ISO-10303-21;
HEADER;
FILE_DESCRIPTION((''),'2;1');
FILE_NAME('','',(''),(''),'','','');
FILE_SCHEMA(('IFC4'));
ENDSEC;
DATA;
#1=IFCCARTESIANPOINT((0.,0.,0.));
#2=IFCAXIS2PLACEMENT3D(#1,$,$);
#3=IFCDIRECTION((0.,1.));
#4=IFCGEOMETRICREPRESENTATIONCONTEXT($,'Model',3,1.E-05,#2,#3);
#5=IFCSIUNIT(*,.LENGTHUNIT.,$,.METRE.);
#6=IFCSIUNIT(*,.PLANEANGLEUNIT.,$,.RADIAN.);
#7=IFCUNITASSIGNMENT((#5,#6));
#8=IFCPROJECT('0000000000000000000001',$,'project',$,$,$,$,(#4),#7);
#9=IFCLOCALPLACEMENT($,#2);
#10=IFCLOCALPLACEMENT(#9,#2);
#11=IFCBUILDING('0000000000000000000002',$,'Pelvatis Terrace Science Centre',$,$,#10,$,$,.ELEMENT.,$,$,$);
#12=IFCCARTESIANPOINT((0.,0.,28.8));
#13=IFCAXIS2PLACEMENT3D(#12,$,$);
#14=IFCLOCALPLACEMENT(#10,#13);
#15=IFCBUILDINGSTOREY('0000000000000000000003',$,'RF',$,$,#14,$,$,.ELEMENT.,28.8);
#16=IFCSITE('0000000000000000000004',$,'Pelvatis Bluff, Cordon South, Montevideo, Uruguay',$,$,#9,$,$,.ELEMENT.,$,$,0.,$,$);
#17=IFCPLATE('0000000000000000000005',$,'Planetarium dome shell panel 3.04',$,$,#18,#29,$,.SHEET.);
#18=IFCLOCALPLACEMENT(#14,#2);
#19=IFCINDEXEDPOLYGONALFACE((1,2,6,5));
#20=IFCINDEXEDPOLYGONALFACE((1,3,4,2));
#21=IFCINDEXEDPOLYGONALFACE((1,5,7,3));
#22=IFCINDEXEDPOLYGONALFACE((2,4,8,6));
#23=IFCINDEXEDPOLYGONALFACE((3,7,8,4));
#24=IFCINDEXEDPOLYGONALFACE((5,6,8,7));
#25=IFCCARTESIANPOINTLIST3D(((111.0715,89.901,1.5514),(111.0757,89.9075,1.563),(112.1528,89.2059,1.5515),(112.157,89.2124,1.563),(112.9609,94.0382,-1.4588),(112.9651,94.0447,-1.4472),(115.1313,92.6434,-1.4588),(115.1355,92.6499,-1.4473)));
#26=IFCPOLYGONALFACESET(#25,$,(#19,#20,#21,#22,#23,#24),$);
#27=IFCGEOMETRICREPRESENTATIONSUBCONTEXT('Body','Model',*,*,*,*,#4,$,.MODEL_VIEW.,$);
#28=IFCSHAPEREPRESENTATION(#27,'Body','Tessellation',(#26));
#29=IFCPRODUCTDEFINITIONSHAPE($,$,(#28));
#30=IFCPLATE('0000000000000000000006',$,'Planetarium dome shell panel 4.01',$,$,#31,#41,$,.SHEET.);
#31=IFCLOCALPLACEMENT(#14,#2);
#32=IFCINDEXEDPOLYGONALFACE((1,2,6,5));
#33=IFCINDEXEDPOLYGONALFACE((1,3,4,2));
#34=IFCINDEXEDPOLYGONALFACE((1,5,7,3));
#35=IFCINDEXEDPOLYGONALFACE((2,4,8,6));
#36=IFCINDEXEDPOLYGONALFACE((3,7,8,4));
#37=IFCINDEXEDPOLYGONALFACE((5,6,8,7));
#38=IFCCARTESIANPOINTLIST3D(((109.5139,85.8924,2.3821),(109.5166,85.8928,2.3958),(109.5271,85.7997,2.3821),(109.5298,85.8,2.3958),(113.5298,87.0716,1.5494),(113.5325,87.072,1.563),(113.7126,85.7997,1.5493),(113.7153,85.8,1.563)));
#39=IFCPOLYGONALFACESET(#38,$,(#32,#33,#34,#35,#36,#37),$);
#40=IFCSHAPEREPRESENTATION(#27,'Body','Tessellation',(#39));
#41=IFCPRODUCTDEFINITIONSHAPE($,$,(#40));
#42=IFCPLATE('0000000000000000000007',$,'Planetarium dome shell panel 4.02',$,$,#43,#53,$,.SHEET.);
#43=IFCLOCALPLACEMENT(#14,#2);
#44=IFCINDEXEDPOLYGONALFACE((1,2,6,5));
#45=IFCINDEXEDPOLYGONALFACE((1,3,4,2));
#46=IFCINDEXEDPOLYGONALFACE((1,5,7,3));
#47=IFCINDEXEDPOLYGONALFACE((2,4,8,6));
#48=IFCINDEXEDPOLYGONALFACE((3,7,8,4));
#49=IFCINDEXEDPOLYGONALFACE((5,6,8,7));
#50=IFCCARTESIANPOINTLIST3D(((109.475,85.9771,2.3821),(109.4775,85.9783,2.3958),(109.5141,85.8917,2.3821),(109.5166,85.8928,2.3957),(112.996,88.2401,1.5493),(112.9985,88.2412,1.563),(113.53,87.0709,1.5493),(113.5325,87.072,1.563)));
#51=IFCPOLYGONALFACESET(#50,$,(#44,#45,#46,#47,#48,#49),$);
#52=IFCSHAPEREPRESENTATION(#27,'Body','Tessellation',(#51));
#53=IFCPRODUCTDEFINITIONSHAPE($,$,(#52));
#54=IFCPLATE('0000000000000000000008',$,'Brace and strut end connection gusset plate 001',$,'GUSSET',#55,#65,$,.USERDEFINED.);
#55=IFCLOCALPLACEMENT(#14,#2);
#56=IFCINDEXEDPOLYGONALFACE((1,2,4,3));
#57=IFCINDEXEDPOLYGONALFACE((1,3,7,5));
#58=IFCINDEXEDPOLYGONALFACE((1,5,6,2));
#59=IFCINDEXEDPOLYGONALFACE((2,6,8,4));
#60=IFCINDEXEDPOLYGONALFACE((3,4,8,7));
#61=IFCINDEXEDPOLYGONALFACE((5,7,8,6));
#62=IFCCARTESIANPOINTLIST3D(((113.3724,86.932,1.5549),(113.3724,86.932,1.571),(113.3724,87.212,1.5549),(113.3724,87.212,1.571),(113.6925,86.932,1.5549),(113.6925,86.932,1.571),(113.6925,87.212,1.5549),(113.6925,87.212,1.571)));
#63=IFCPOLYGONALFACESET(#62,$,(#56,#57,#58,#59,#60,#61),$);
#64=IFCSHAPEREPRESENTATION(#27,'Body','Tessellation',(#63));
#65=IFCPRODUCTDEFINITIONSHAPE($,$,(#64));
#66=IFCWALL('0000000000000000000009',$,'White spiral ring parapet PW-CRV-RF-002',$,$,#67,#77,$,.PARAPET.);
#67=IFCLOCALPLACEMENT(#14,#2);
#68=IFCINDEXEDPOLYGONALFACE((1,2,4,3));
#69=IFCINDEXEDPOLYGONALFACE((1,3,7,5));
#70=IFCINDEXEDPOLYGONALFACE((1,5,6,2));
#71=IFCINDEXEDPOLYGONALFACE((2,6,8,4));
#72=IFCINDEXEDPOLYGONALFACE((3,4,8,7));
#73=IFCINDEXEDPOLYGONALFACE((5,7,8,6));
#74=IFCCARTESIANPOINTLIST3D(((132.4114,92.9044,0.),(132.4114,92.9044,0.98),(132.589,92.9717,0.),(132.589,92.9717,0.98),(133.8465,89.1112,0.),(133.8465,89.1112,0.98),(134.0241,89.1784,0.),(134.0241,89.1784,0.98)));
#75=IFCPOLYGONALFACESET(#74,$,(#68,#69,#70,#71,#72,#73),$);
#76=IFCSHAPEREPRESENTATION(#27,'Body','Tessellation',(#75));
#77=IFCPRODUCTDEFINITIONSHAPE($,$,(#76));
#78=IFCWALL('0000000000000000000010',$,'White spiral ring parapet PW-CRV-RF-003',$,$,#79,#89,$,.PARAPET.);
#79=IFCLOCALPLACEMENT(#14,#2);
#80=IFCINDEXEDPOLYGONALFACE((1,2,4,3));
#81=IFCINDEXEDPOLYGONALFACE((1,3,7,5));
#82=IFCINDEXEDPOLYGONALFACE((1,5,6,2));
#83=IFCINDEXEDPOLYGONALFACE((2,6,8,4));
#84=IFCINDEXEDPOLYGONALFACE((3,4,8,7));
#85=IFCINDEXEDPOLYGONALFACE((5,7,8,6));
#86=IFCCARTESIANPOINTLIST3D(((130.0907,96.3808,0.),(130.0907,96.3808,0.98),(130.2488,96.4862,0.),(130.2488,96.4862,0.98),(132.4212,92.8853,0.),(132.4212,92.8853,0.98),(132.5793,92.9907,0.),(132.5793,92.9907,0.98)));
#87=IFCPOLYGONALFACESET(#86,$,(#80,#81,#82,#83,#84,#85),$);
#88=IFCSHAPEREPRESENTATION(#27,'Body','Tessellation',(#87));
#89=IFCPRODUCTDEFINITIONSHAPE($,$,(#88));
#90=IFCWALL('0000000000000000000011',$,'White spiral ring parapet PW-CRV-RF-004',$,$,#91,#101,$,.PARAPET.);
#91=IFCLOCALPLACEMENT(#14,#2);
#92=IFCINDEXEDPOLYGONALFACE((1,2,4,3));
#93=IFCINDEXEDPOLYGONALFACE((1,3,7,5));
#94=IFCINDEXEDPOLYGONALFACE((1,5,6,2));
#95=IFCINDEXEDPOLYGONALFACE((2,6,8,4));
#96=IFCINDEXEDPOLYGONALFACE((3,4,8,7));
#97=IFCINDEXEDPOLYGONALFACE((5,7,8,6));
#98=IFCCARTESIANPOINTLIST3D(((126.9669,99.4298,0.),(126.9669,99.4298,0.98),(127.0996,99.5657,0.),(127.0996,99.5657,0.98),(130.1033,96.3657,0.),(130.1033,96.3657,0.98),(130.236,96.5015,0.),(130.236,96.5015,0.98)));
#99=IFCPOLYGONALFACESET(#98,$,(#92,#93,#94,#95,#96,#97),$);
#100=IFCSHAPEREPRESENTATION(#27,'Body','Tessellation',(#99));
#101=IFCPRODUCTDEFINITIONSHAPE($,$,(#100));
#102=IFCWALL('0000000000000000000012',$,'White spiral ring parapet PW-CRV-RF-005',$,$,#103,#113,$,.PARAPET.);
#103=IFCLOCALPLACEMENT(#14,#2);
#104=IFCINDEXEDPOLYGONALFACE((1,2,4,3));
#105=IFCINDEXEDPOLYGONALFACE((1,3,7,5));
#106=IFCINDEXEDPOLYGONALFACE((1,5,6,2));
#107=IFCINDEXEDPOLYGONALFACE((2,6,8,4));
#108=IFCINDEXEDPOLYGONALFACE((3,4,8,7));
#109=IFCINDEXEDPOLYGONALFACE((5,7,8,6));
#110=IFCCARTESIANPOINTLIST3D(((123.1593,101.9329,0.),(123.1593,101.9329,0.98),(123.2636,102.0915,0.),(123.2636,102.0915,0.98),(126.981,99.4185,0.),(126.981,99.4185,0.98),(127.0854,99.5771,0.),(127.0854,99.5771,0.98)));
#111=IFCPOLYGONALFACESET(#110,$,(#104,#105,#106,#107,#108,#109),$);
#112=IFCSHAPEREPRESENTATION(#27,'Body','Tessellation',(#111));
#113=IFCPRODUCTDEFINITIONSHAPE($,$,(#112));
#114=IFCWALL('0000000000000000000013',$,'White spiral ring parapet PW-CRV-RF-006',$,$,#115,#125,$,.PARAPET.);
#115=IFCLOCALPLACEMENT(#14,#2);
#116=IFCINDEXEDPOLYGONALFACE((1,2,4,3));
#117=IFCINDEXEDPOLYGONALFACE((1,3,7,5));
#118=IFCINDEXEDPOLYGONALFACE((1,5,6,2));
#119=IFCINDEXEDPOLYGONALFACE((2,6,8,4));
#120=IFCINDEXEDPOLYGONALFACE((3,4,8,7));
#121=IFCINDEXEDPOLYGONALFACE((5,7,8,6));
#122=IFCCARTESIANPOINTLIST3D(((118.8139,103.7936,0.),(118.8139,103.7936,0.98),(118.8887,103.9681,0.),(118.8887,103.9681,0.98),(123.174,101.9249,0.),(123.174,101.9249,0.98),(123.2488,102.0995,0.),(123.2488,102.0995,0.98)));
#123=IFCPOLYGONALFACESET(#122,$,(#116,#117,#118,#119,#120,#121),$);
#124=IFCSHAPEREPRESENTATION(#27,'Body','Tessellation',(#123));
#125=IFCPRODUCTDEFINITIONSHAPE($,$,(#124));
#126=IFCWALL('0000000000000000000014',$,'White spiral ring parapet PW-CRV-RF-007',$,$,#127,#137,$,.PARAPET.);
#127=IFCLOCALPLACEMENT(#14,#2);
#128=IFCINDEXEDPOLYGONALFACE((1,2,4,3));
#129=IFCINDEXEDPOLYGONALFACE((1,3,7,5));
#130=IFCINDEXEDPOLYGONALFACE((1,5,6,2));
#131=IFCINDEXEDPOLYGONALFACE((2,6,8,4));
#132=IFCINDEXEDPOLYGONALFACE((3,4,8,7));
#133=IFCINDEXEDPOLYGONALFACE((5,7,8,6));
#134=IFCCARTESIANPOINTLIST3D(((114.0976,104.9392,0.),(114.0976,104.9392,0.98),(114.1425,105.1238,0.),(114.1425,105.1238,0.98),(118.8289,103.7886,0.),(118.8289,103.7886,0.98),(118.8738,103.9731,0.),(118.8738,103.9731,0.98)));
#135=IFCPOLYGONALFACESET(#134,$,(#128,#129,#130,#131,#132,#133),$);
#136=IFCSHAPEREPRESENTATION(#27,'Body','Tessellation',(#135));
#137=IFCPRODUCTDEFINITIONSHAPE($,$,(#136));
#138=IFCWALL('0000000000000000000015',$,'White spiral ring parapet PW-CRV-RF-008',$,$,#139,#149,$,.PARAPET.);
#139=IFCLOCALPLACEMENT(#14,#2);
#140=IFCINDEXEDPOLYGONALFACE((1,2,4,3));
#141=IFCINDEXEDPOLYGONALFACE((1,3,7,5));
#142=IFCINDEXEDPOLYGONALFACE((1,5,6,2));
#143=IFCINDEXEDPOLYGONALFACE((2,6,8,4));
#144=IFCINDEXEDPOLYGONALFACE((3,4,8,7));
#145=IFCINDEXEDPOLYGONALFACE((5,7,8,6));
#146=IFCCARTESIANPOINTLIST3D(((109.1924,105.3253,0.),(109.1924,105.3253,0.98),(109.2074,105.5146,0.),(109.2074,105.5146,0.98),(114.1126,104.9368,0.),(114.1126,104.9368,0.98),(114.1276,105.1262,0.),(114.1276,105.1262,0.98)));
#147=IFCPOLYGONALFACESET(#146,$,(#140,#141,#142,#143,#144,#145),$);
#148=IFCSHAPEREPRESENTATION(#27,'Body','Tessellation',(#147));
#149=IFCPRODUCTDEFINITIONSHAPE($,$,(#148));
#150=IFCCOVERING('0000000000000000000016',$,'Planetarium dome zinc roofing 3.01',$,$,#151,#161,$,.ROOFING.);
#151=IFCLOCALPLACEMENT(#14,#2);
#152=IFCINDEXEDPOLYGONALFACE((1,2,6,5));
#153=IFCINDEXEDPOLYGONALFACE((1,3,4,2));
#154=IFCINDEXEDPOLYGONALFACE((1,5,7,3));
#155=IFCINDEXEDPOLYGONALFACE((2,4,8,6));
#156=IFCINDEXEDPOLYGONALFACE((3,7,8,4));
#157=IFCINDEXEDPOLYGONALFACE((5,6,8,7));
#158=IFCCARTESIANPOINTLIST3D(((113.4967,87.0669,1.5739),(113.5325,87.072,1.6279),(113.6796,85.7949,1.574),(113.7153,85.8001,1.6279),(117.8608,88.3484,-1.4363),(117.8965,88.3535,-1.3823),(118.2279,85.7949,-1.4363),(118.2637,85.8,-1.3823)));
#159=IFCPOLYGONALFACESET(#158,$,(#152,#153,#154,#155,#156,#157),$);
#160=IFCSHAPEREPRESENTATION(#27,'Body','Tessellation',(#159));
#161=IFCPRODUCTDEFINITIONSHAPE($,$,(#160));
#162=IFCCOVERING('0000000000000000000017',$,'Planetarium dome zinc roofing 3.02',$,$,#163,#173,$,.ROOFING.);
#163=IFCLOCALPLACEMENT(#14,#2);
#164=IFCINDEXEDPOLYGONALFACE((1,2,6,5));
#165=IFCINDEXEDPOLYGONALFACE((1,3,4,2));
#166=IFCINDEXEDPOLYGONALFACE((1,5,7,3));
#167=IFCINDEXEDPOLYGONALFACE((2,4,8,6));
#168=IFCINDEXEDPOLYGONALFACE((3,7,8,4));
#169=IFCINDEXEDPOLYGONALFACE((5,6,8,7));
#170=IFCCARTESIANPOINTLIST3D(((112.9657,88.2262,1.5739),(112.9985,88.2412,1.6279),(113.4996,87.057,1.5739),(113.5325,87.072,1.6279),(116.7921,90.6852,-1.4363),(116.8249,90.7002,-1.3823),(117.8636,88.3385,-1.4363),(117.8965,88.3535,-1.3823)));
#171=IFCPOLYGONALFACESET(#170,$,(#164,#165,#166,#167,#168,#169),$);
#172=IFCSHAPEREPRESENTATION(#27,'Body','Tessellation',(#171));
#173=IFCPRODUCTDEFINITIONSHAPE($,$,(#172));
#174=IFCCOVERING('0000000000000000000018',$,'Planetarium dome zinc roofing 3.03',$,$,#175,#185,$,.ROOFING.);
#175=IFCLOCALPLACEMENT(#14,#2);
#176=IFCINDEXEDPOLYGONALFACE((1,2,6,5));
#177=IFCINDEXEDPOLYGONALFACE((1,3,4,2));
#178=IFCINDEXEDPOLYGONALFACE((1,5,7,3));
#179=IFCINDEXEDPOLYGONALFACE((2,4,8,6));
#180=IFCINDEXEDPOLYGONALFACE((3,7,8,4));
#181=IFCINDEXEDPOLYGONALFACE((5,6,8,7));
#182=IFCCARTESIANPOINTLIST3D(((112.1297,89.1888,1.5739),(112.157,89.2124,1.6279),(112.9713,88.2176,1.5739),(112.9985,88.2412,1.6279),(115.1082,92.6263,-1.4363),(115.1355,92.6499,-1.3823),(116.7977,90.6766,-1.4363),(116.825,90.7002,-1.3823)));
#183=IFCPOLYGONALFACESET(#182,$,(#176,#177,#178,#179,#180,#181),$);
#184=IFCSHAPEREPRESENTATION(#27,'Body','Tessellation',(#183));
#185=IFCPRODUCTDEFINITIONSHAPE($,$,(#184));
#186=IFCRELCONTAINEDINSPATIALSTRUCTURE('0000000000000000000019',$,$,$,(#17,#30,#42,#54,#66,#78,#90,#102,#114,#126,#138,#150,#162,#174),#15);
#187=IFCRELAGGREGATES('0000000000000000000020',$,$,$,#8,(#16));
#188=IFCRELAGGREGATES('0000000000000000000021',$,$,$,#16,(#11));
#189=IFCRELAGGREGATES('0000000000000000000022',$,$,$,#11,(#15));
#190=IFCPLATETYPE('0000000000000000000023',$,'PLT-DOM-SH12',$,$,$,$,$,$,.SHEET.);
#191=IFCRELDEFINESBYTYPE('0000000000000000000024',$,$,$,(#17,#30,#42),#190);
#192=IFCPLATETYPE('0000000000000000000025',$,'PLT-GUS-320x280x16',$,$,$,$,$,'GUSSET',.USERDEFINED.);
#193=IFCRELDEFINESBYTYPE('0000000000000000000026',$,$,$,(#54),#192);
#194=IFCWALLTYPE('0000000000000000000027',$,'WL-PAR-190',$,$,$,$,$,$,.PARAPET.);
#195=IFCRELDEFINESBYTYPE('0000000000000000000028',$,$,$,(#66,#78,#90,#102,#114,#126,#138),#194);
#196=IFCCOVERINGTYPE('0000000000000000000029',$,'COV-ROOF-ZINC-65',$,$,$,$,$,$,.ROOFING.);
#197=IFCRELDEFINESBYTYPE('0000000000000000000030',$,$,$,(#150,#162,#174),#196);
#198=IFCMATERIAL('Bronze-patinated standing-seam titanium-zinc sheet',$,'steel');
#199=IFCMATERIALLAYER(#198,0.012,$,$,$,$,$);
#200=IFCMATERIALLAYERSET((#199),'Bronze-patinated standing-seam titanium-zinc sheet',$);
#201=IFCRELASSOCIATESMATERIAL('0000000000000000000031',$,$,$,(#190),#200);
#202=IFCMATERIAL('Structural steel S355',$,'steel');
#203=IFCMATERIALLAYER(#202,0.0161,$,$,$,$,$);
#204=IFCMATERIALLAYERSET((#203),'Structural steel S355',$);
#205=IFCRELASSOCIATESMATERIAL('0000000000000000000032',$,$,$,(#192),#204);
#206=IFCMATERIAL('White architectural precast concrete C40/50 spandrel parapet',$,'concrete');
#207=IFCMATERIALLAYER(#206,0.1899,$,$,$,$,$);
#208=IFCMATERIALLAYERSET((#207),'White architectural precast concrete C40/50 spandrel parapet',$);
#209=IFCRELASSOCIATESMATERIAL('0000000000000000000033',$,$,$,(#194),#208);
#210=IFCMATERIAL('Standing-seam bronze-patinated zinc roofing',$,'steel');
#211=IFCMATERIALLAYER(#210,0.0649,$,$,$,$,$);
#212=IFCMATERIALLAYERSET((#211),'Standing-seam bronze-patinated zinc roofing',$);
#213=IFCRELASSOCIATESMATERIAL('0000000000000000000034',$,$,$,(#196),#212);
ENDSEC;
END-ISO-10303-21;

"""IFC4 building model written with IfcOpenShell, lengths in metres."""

from ifc_helpers import new_model, si_unit, direction, frame, frame_2d, origin, origin_2d, place, context, subcontext, project, spatial, polyline, rectangle, outline, extrude, material, layer, layer_set, type_object, element, save


model = new_model("IFC4")

# Units and contexts
model_context = context("Model", 3, precision=1e-05, world=origin(), true_north=direction((0.0, 1.0)))
body_context = subcontext(model_context, "Body", "Model", "MODEL_VIEW")
ifc_project = project(units=[si_unit("LENGTHUNIT", "METRE"), si_unit("PLANEANGLEUNIT", "RADIAN")], contexts=[model_context])

# Site, building, storey
site_placement = place(None, origin())
site = spatial("IfcSite", under=ifc_project, at=site_placement, Name="Pelvatis Bluff, Cordon South, Montevideo, Uruguay", CompositionType="ELEMENT", RefElevation=0.0)
building_placement = place(site_placement, origin())
building = spatial("IfcBuilding", under=site, at=building_placement, Name="Pelvatis Terrace Science Centre", CompositionType="ELEMENT")
storey_placement = place(building_placement, frame((0.0, 0.0, 28.8)))
storey = spatial("IfcBuildingStorey", under=building, at=storey_placement, Name="RF", CompositionType="ELEMENT", Elevation=28.8)

# Plates
ifc_material_1 = material(Name="Bronze-patinated standing-seam titanium-zinc sheet", Category="steel")
ifc_layer_1 = layer(ifc_material_1, 0.012)
ifc_layer_set_1 = layer_set([ifc_layer_1], Name="Bronze-patinated standing-seam titanium-zinc sheet")
plate_type_1 = type_object("IfcPlateType", Name="PLT-DOM-SH12", PredefinedType="SHEET", material=ifc_layer_set_1)
plate_1_placement = place(storey_placement, frame((115.1355, 92.6499, -1.4473), z_axis=(0.300519, 0.467594, 0.831291), x_axis=(-0.841258, 0.540634, 0.000019)))
element("IfcPlate", 1, at=plate_1_placement, inside=storey, type_object=plate_type_1, Name="Planetarium dome shell panel 3.04", PredefinedType="SHEET", context=body_context, shape_type="SweptSolid", body=[
    extrude(outline(polyline([(0.0, 0.0), (2.5799, 0.0), (1.9328, 5.4156), (0.6473, 5.4158), (0.0, 0.0)])), origin(), (0.0, 0.0, -1.0), 0.0139),
])
plate_2_placement = place(storey_placement, frame((113.7153, 85.8, 1.563), z_axis=(0.195067, 0.028021, 0.98039), x_axis=(-0.142295, 0.989824, 0.000021)))
element("IfcPlate", 2, at=plate_2_placement, inside=storey, type_object=plate_type_1, Name="Planetarium dome shell panel 4.01", PredefinedType="SHEET", context=body_context, shape_type="SweptSolid", body=[
    extrude(outline(polyline([(0.0, 0.0), (1.285, 0.0), (0.6893, 4.2257), (0.5956, 4.2258), (0.0, 0.0)])), origin(), (0.0, 0.0, -1.0), 0.0139),
])
plate_3_placement = place(storey_placement, frame((113.5325, 87.072, 1.563), z_axis=(0.17926, 0.081869, 0.980389), x_axis=(-0.415406, 0.909636, -0.000005)))
element("IfcPlate", 3, at=plate_3_placement, inside=storey, type_object=plate_type_1, Name="Planetarium dome shell panel 4.02", PredefinedType="SHEET", context=body_context, shape_type="SweptSolid", body=[
    extrude(outline(polyline([(0.0, 0.0), (1.2853, 0.0), (0.6895, 4.2257), (0.5956, 4.2257), (0.0, 0.0)])), origin(), (0.0, 0.0, -1.0), 0.0139),
])
ifc_material_2 = material(Name="Structural steel S355", Category="steel")
ifc_layer_2 = layer(ifc_material_2, 0.0161)
ifc_layer_set_2 = layer_set([ifc_layer_2], Name="Structural steel S355")
plate_type_2 = type_object("IfcPlateType", Name="PLT-GUS-320x280x16", ElementType="GUSSET", PredefinedType="USERDEFINED", material=ifc_layer_set_2)
plate_4_placement = place(storey_placement, frame((113.5325, 87.072, 1.5549), z_axis=(0.0, 0.0, 1.0), x_axis=(1.0, 0.0, 0.0)))
element("IfcPlate", 4, at=plate_4_placement, inside=storey, type_object=plate_type_2, Name="Brace and strut end connection gusset plate 001", ObjectType="GUSSET", PredefinedType="USERDEFINED", context=body_context, shape_type="SweptSolid", body=[
    extrude(rectangle(XDim=0.3201, YDim=0.28, at=origin_2d()), origin(), (0.0, 0.0, 1.0), 0.0161),
])

# Walls
ifc_material_3 = material(Name="White architectural precast concrete C40/50 spandrel parapet", Category="concrete")
ifc_layer_3 = layer(ifc_material_3, 0.1899)
ifc_layer_set_3 = layer_set([ifc_layer_3], Name="White architectural precast concrete C40/50 spandrel parapet")
wall_type = type_object("IfcWallType", Name="WL-PAR-190", PredefinedType="PARAPET", material=ifc_layer_set_3)
wall_1_placement = place(storey_placement, frame((133.9353, 89.1448, 0.0), z_axis=(0.0, 0.0, 1.0), x_axis=(-0.353847, 0.935303, 0.0)))
element("IfcWall", 5, at=wall_1_placement, inside=storey, type_object=wall_type, Name="White spiral ring parapet PW-CRV-RF-002", PredefinedType="PARAPET", context=body_context, shape_type="SweptSolid", body=[
    extrude(rectangle(XDim=4.0557, YDim=0.1899, at=frame_2d((2.0278, 0.0))), origin(), (0.0, 0.0, 1.0), 0.98),
])
wall_2_placement = place(storey_placement, frame((132.5002, 92.938, 0.0), z_axis=(0.0, 0.0, 1.0), x_axis=(-0.554727, 0.832032, 0.0)))
element("IfcWall", 6, at=wall_2_placement, inside=storey, type_object=wall_type, Name="White spiral ring parapet PW-CRV-RF-003", PredefinedType="PARAPET", context=body_context, shape_type="SweptSolid", body=[
    extrude(rectangle(XDim=4.2012, YDim=0.1899, at=frame_2d((2.1006, 0.0))), origin(), (0.0, 0.0, 1.0), 0.98),
])
wall_3_placement = place(storey_placement, frame((130.1697, 96.4336, 0.0), z_axis=(0.0, 0.0, 1.0), x_axis=(-0.715299, 0.698818, 0.0)))
element("IfcWall", 7, at=wall_3_placement, inside=storey, type_object=wall_type, Name="White spiral ring parapet PW-CRV-RF-004", PredefinedType="PARAPET", context=body_context, shape_type="SweptSolid", body=[
    extrude(rectangle(XDim=4.3848, YDim=0.1899, at=frame_2d((2.1924, 0.0))), origin(), (0.0, 0.0, 1.0), 0.98),
])
wall_4_placement = place(storey_placement, frame((127.0332, 99.4978, 0.0), z_axis=(0.0, 0.0, 1.0), x_axis=(-0.835409, 0.549628, 0.0)))
element("IfcWall", 8, at=wall_4_placement, inside=storey, type_object=wall_type, Name="White spiral ring parapet PW-CRV-RF-005", PredefinedType="PARAPET", context=body_context, shape_type="SweptSolid", body=[
    extrude(rectangle(XDim=4.5747, YDim=0.1899, at=frame_2d((2.2874, 0.0))), origin(), (0.0, 0.0, 1.0), 0.98),
])
wall_5_placement = place(storey_placement, frame((123.2114, 102.0122, 0.0), z_axis=(0.0, 0.0, 1.0), x_axis=(-0.919142, 0.393926, 0.0)))
element("IfcWall", 9, at=wall_5_placement, inside=storey, type_object=wall_type, Name="White spiral ring parapet PW-CRV-RF-006", PredefinedType="PARAPET", context=body_context, shape_type="SweptSolid", body=[
    extrude(rectangle(XDim=4.7437, YDim=0.1899, at=frame_2d((2.3718, 0.0))), origin(), (0.0, 0.0, 1.0), 0.98),
])
wall_6_placement = place(storey_placement, frame((118.8513, 103.8809, 0.0), z_axis=(0.0, 0.0, 1.0), x_axis=(-0.971677, 0.236313, 0.0)))
element("IfcWall", 10, at=wall_6_placement, inside=storey, type_object=wall_type, Name="White spiral ring parapet PW-CRV-RF-007", PredefinedType="PARAPET", context=body_context, shape_type="SweptSolid", body=[
    extrude(rectangle(XDim=4.8691, YDim=0.1899, at=frame_2d((2.4346, 0.0))), origin(), (0.0, 0.0, 1.0), 0.98),
])
wall_7_placement = place(storey_placement, frame((114.1201, 105.0315, 0.0), z_axis=(0.0, 0.0, 1.0), x_axis=(-0.996898, 0.078701, 0.0)))
element("IfcWall", 11, at=wall_7_placement, inside=storey, type_object=wall_type, Name="White spiral ring parapet PW-CRV-RF-008", PredefinedType="PARAPET", context=body_context, shape_type="SweptSolid", body=[
    extrude(rectangle(XDim=4.9355, YDim=0.1899, at=frame_2d((2.4678, 0.0))), origin(), (0.0, 0.0, 1.0), 0.98),
])

# Coverings
ifc_material_4 = material(Name="Standing-seam bronze-patinated zinc roofing", Category="steel")
ifc_layer_4 = layer(ifc_material_4, 0.0649)
ifc_layer_set_4 = layer_set([ifc_layer_4], Name="Standing-seam bronze-patinated zinc roofing")
covering_type = type_object("IfcCoveringType", Name="COV-ROOF-ZINC-65", PredefinedType="ROOFING", material=ifc_layer_set_4)
covering_1_placement = place(storey_placement, frame((118.2637, 85.8, -1.3823), z_axis=(0.550181, 0.079109, 0.83129), x_axis=(-0.142332, 0.989819, 0.000006)))
element("IfcCovering", 12, at=covering_1_placement, inside=storey, type_object=covering_type, Name="Planetarium dome zinc roofing 3.01", PredefinedType="ROOFING", context=body_context, shape_type="SweptSolid", body=[
    extrude(outline(polyline([(0.0, 0.0), (2.5797, 0.0), (1.9324, 5.4157), (0.6474, 5.4157), (0.0, 0.0)])), origin(), (0.0, 0.0, -1.0), 0.0649),
])
covering_2_placement = place(storey_placement, frame((117.8965, 88.3535, -1.3823), z_axis=(0.505614, 0.230881, 0.831293), x_axis=(-0.415368, 0.909653, -0.000007)))
element("IfcCovering", 13, at=covering_2_placement, inside=storey, type_object=covering_type, Name="Planetarium dome zinc roofing 3.02", PredefinedType="ROOFING", context=body_context, shape_type="SweptSolid", body=[
    extrude(outline(polyline([(0.0, 0.0), (2.5797, 0.0), (1.9323, 5.4158), (0.6469, 5.4157), (0.0, 0.0)])), origin(), (0.0, 0.0, -1.0), 0.0649),
])
covering_3_placement = place(storey_placement, frame((116.825, 90.7002, -1.3823), z_axis=(0.420067, 0.363995, 0.831295), x_axis=(-0.654866, 0.755745, 0.0)))
element("IfcCovering", 14, at=covering_3_placement, inside=storey, type_object=covering_type, Name="Planetarium dome zinc roofing 3.03", PredefinedType="ROOFING", context=body_context, shape_type="SweptSolid", body=[
    extrude(outline(polyline([(0.0, 0.0), (2.5798, 0.0), (1.9325, 5.4158), (0.6474, 5.4158), (0.0, 0.0)])), origin(), (0.0, 0.0, -1.0), 0.0649),
])

save(model, "model.ifc")
